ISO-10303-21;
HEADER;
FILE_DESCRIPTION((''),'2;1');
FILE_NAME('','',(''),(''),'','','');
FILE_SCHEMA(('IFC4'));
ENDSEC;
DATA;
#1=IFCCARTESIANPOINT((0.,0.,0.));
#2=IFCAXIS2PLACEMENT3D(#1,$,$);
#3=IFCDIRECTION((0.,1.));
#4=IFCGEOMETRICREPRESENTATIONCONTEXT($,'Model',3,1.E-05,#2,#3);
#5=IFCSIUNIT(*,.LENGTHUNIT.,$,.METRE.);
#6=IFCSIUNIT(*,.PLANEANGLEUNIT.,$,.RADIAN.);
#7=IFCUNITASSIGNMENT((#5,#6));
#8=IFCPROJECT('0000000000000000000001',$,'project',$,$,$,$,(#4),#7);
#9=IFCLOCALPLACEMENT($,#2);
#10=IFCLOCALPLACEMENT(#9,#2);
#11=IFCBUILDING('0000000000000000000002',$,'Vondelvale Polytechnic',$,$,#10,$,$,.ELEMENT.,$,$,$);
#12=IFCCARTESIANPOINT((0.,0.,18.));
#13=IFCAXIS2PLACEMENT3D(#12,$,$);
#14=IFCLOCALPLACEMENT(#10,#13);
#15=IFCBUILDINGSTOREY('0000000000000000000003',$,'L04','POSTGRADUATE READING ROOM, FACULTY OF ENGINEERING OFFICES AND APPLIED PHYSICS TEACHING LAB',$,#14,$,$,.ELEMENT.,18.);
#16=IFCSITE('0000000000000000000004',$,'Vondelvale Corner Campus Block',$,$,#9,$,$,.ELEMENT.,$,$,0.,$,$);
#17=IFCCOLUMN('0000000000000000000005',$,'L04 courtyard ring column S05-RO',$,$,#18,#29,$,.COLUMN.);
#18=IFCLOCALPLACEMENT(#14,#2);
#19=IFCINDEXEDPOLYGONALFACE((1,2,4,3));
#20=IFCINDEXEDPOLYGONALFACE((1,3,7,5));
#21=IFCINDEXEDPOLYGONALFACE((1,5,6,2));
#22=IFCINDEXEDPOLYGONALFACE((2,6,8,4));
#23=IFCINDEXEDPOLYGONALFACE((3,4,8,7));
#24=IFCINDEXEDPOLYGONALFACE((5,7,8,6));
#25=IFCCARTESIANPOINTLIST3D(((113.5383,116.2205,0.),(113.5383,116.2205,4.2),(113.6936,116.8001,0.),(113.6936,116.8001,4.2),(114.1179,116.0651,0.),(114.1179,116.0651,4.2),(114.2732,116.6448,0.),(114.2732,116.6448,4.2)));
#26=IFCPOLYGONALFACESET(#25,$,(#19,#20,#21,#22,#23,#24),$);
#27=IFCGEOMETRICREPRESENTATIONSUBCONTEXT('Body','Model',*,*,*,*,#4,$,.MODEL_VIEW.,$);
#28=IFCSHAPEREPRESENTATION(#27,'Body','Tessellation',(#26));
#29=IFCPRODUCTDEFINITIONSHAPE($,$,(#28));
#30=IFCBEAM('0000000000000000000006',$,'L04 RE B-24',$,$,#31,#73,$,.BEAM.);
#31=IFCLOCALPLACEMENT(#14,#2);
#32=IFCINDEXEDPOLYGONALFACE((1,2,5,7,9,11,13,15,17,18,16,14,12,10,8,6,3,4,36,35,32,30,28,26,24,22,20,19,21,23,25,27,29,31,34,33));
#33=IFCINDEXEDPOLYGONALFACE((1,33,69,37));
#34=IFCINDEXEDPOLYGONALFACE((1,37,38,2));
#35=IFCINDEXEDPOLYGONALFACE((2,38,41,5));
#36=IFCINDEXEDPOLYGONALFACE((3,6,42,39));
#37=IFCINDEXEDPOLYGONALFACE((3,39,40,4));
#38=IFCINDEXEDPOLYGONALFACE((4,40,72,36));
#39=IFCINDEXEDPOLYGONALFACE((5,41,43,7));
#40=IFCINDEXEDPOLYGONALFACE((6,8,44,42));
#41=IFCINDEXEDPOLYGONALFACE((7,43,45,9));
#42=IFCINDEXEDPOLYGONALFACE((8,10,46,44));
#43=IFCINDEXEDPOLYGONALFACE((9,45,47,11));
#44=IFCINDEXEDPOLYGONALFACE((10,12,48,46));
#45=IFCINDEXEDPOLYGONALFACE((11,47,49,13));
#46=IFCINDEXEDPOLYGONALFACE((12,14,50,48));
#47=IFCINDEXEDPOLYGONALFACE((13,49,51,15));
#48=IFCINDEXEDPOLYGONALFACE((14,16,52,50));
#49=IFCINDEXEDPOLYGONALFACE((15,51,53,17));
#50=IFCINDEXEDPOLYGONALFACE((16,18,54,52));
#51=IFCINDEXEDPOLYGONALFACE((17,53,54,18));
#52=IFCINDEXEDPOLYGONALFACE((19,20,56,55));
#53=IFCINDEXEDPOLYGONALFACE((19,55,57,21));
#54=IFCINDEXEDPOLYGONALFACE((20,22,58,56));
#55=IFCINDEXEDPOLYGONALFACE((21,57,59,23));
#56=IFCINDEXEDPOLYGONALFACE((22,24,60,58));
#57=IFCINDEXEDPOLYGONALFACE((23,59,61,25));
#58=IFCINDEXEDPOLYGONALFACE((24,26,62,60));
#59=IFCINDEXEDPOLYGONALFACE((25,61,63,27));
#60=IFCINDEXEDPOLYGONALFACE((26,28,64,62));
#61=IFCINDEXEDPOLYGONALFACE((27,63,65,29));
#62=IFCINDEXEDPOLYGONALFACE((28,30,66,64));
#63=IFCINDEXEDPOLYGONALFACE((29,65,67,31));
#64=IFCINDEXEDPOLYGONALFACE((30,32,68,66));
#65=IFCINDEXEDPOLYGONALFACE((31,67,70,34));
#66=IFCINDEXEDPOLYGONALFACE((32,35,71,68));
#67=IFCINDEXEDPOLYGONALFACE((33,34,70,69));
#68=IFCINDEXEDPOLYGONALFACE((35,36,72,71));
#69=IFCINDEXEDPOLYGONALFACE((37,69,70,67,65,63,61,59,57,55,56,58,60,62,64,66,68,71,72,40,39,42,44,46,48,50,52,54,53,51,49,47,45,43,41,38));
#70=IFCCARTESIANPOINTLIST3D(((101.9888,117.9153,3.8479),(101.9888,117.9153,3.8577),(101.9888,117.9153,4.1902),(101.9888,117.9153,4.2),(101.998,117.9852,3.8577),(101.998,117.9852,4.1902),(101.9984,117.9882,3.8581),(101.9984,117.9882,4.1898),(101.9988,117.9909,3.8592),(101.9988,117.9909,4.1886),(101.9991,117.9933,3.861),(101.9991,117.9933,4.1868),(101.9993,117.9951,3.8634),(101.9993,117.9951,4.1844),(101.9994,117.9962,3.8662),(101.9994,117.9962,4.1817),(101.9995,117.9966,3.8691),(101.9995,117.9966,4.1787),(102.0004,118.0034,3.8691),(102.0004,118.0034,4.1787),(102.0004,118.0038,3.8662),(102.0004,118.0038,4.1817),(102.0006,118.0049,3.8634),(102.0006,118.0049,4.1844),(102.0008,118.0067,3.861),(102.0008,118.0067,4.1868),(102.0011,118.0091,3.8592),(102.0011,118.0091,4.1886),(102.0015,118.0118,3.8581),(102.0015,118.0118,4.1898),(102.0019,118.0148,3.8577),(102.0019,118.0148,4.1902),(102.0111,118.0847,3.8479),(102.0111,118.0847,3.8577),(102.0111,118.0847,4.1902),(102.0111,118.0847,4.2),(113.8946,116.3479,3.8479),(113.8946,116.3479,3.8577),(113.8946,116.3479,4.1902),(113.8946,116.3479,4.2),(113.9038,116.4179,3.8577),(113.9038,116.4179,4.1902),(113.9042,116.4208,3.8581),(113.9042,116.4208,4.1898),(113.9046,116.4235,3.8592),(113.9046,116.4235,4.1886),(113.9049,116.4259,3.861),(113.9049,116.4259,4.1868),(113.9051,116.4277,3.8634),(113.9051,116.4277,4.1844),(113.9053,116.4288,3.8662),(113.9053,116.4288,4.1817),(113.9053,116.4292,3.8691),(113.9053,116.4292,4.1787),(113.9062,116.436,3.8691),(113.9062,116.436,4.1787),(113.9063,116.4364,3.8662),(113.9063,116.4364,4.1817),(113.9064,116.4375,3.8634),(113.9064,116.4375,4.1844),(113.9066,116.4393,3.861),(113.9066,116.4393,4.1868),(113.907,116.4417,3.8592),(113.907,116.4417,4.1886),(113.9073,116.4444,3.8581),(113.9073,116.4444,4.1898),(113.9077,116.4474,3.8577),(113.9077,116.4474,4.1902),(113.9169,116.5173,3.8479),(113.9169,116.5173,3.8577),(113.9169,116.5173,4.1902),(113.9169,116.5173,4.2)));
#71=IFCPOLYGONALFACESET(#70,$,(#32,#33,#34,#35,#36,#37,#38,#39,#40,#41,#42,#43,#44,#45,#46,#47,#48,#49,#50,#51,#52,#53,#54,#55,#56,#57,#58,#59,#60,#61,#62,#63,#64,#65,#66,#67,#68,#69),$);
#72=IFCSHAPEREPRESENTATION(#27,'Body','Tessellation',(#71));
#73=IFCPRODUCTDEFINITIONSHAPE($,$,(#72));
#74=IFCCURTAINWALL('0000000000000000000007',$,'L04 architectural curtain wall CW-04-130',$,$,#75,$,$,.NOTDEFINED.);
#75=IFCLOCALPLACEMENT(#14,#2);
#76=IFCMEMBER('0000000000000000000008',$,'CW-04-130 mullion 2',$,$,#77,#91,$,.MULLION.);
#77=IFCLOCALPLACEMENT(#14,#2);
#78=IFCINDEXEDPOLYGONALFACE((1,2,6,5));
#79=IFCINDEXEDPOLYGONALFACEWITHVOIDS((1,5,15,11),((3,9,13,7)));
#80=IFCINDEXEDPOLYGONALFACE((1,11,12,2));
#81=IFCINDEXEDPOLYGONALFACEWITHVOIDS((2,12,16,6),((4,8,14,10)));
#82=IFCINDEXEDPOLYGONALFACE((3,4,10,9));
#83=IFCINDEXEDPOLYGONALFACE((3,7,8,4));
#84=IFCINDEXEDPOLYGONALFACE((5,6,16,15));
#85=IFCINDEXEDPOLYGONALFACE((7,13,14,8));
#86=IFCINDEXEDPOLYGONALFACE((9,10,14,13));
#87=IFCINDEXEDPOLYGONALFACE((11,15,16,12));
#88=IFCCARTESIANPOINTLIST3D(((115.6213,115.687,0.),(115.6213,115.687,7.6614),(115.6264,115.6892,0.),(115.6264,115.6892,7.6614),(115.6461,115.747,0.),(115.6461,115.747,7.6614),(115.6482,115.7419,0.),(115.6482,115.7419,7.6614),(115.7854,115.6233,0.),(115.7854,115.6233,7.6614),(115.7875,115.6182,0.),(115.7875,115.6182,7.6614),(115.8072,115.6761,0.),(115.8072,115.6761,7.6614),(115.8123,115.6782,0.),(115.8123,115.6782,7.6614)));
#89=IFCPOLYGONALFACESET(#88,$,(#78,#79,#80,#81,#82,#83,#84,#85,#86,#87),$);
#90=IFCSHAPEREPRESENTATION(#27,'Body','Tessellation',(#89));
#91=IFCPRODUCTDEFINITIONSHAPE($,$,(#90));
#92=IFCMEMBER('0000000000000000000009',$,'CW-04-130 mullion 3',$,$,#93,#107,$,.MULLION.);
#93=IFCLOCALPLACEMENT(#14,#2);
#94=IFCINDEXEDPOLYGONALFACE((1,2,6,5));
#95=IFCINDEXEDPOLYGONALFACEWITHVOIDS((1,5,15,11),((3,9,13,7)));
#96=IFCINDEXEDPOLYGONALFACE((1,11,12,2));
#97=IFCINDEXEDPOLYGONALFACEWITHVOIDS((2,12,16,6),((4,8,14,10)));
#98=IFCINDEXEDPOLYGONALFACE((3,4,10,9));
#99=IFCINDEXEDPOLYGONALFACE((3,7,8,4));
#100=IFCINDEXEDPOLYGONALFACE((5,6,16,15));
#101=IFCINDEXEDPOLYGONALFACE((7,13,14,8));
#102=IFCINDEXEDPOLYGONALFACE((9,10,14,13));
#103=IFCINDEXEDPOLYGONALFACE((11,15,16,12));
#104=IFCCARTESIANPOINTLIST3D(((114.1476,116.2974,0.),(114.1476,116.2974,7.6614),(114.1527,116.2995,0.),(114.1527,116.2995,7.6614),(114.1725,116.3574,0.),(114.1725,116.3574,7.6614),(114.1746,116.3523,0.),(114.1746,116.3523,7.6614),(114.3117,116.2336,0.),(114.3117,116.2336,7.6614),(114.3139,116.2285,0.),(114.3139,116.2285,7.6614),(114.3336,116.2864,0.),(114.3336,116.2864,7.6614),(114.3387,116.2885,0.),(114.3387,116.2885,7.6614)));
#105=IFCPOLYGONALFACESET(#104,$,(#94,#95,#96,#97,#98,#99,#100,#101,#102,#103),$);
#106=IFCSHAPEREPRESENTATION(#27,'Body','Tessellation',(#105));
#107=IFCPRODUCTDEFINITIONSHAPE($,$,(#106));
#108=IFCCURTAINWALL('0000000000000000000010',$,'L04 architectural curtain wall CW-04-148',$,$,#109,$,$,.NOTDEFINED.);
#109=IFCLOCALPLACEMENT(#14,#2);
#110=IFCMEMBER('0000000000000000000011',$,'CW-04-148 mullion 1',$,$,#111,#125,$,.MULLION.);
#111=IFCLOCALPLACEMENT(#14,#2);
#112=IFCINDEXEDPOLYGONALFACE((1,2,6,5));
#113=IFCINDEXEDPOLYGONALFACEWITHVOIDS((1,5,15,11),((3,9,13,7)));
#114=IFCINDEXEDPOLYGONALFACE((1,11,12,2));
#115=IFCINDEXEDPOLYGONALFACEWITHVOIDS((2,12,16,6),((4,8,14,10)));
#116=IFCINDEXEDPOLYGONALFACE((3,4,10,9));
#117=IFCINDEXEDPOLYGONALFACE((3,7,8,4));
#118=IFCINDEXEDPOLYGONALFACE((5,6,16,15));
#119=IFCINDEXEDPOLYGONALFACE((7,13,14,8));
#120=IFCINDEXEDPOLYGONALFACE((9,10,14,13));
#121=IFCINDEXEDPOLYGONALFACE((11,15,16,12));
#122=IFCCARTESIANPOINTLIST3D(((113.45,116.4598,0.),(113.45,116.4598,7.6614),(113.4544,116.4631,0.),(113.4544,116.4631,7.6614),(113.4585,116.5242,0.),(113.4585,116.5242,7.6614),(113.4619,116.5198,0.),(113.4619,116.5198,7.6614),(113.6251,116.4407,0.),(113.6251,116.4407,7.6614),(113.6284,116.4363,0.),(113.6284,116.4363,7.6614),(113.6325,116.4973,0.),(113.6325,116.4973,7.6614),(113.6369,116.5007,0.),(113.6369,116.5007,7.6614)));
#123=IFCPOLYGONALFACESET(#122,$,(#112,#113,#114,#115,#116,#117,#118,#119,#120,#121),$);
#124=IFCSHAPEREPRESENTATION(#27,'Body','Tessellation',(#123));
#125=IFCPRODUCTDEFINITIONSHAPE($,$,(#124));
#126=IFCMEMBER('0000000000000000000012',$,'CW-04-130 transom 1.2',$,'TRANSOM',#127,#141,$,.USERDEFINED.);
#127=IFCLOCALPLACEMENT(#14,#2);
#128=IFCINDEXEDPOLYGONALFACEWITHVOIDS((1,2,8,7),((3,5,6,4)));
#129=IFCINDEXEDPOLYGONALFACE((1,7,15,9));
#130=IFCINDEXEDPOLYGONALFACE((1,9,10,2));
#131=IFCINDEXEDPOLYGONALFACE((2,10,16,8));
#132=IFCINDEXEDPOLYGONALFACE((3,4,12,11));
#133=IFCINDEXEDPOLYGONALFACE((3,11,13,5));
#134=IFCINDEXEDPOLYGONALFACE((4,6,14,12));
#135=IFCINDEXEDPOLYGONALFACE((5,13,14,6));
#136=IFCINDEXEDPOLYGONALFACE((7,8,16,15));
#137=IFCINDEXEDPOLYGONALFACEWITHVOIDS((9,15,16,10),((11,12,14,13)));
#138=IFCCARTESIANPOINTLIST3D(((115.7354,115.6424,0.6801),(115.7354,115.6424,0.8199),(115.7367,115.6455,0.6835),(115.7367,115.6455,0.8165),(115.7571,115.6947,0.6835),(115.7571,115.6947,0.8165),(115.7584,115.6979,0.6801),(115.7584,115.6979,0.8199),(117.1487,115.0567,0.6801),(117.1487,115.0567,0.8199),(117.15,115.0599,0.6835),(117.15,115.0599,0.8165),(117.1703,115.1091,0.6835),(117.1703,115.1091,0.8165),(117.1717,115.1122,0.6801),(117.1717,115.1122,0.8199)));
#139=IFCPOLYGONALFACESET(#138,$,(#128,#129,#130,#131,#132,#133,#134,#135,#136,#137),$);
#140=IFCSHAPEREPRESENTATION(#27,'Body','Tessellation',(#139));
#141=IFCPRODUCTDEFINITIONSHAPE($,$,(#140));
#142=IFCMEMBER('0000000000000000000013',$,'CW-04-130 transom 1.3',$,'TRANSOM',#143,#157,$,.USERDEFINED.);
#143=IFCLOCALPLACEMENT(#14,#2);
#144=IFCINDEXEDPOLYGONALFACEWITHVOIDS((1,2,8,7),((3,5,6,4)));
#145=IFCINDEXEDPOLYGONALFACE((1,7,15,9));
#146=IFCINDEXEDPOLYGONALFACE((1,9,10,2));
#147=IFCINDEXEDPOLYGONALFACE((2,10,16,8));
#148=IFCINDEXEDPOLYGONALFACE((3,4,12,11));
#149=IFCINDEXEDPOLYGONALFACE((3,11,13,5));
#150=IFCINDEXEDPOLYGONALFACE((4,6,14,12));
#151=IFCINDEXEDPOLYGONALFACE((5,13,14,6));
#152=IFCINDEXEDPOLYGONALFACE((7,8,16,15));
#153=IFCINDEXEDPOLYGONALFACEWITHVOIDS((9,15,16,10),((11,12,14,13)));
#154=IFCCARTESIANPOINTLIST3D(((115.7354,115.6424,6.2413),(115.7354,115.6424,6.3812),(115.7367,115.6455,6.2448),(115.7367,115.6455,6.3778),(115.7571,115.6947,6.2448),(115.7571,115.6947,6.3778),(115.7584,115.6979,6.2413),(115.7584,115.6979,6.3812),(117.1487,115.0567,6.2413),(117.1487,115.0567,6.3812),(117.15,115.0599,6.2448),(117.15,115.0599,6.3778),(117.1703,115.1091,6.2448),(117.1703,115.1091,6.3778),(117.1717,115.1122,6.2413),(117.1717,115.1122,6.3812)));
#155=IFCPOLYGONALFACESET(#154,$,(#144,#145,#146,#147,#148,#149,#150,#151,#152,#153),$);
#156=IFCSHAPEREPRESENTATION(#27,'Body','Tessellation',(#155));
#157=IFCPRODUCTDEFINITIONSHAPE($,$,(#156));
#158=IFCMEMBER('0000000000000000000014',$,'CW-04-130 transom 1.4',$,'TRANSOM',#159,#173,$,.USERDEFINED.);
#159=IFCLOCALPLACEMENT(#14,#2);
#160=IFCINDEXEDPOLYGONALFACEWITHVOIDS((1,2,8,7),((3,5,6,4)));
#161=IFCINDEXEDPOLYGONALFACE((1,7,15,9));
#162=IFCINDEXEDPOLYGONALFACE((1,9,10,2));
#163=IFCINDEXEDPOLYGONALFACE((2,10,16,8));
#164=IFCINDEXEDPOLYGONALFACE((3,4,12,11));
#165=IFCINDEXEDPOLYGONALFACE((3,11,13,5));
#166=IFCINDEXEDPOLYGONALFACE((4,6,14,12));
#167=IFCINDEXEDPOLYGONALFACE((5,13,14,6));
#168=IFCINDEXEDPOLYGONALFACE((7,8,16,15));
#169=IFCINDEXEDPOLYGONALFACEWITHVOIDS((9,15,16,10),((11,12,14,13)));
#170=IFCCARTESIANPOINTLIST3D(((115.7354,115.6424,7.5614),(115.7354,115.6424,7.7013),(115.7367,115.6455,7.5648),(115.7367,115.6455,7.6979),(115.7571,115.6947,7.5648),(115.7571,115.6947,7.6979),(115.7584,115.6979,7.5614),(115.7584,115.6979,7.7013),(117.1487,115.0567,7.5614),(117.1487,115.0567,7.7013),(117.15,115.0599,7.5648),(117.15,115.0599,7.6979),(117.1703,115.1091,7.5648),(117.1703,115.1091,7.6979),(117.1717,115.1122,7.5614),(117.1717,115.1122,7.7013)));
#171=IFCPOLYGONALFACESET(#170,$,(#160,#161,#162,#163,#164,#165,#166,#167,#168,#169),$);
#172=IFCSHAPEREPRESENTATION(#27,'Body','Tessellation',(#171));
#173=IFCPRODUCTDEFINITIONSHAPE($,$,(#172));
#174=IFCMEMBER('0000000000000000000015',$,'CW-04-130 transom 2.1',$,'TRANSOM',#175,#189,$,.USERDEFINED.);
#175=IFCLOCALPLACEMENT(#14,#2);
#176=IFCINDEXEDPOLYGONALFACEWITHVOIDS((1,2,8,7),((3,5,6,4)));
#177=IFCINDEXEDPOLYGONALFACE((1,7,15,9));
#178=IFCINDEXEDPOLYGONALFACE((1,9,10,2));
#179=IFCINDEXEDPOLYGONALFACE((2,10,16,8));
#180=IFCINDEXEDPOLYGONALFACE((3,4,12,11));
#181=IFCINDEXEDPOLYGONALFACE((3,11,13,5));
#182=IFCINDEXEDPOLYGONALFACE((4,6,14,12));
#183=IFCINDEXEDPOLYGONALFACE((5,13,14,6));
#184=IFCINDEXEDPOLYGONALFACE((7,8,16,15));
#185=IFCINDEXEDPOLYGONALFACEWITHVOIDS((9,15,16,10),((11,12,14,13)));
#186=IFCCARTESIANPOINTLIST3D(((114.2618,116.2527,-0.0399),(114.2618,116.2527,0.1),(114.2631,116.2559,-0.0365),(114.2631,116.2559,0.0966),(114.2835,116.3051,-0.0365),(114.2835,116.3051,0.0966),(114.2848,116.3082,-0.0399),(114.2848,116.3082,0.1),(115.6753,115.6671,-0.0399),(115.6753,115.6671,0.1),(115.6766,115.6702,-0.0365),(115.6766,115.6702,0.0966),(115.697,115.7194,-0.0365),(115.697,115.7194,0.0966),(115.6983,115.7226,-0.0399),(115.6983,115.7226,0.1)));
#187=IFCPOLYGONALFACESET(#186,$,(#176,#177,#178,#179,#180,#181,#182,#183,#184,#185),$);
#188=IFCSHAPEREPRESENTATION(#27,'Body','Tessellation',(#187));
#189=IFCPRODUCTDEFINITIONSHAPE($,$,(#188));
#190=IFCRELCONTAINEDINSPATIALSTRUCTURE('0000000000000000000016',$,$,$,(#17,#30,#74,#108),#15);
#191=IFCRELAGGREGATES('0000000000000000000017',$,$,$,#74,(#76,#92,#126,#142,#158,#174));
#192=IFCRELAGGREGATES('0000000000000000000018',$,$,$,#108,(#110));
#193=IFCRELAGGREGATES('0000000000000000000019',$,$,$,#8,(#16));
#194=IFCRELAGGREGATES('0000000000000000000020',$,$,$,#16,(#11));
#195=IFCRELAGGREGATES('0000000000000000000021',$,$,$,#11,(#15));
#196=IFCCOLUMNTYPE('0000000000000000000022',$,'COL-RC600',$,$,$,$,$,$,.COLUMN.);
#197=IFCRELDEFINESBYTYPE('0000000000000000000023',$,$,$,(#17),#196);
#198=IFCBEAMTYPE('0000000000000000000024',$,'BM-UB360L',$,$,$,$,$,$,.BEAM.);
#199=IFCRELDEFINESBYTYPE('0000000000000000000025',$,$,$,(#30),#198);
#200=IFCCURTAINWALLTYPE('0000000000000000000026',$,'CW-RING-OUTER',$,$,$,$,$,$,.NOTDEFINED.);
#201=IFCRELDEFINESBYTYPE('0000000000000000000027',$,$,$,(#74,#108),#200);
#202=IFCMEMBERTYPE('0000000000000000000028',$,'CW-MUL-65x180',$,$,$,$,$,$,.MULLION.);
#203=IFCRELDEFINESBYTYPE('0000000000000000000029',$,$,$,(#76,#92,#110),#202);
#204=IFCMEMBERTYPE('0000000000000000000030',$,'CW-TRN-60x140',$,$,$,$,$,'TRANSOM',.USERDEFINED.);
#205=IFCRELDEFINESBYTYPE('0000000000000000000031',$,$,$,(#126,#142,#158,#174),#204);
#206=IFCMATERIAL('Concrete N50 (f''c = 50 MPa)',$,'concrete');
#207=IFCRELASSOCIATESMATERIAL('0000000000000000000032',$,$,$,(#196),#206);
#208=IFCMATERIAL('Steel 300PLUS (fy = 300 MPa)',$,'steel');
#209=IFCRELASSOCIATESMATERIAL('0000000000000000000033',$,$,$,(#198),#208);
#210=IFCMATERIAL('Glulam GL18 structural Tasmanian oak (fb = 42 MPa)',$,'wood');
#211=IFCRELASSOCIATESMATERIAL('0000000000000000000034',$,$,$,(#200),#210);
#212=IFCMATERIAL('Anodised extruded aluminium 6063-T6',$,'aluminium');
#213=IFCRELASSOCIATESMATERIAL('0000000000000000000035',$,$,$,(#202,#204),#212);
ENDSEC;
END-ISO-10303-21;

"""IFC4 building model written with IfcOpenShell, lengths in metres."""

from ifc_helpers import new_model, si_unit, direction, frame, origin, origin_2d, place, context, subcontext, project, spatial, rectangle, hollow_rectangle, i_section, extrude, material, material_profile, profile_set, type_object, element, aggregate, save


model = new_model("IFC4")

# Units and contexts
model_context = context("Model", 3, precision=1e-05, world=origin(), true_north=direction((0.0, 1.0)))
body_context = subcontext(model_context, "Body", "Model", "MODEL_VIEW")
ifc_project = project(units=[si_unit("LENGTHUNIT", "METRE"), si_unit("PLANEANGLEUNIT", "RADIAN")], contexts=[model_context])

# Site, building, storey
site_placement = place(None, origin())
site = spatial("IfcSite", under=ifc_project, at=site_placement, Name="Vondelvale Corner Campus Block", CompositionType="ELEMENT", RefElevation=0.0)
building_placement = place(site_placement, origin())
building = spatial("IfcBuilding", under=site, at=building_placement, Name="Vondelvale Polytechnic", CompositionType="ELEMENT")
storey_placement = place(building_placement, frame((0.0, 0.0, 18.0)))
storey = spatial("IfcBuildingStorey", under=building, at=storey_placement, Name="L04", Description="POSTGRADUATE READING ROOM, FACULTY OF ENGINEERING OFFICES AND APPLIED PHYSICS TEACHING LAB", CompositionType="ELEMENT", Elevation=18.0)

# Column
ifc_material_1 = material(Name="Concrete N50 (f'c = 50 MPa)", Category="concrete")
ifc_material_profile_1 = material_profile(ifc_material_1, rectangle(XDim=0.6001, YDim=0.6001, at=origin_2d()), Name="RC-COL-600x600")
ifc_profile_set_1 = profile_set([ifc_material_profile_1], Name="Concrete N50 (f'c = 50 MPa)")
column_type = type_object("IfcColumnType", Name="COL-RC600", PredefinedType="COLUMN", material=ifc_profile_set_1)
column_placement = place(storey_placement, frame((113.9058, 116.4326, 0.0), z_axis=(0.0, 0.0, 1.0), x_axis=(0.258819, 0.965926, 0.0)))
element("IfcColumn", 1, at=column_placement, inside=storey, type_object=column_type, Name="L04 courtyard ring column S05-RO", PredefinedType="COLUMN", context=body_context, shape_type="SweptSolid", body=[
    extrude(rectangle(XDim=0.6001, YDim=0.6001, at=origin_2d()), origin(), (0.0, 0.0, 1.0), 4.2),
])

# Beam
ifc_material_2 = material(Name="Steel 300PLUS (fy = 300 MPa)", Category="steel")
ifc_material_profile_2 = material_profile(ifc_material_2, i_section(OverallWidth=0.1709, OverallDepth=0.3521, WebThickness=0.0068, FlangeThickness=0.0098, FilletRadius=0.0115, at=origin_2d()), Name="360UB44.7")
ifc_profile_set_2 = profile_set([ifc_material_profile_2], Name="Steel 300PLUS (fy = 300 MPa)")
beam_type = type_object("IfcBeamType", Name="BM-UB360L", PredefinedType="BEAM", material=ifc_profile_set_2)
beam_placement = place(storey_placement, frame((113.9058, 116.4326, 4.0239), z_axis=(-0.991445, 0.130523, 0.0), x_axis=(-0.130523, -0.991445, 0.0)))
element("IfcBeam", 2, at=beam_placement, inside=storey, type_object=beam_type, Name="L04 RE B-24", PredefinedType="BEAM", context=body_context, shape_type="SweptSolid", body=[
    extrude(i_section(OverallWidth=0.1709, OverallDepth=0.3521, WebThickness=0.0068, FlangeThickness=0.0098, FilletRadius=0.0115, at=origin_2d()), origin(), (0.0, 0.0, 1.0), 12.0085),
])

# Curtain wall, members
ifc_material_3 = material(Name="Glulam GL18 structural Tasmanian oak (fb = 42 MPa)", Category="wood")
curtain_wall_type = type_object("IfcCurtainWallType", Name="CW-RING-OUTER", PredefinedType="NOTDEFINED", material=ifc_material_3)
curtain_wall_1_placement = place(storey_placement, origin())
curtain_wall_1 = element("IfcCurtainWall", 3, at=curtain_wall_1_placement, inside=storey, type_object=curtain_wall_type, Name="L04 architectural curtain wall CW-04-130", PredefinedType="NOTDEFINED")
ifc_material_4 = material(Name="Anodised extruded aluminium 6063-T6", Category="aluminium")
ifc_material_profile_3 = material_profile(ifc_material_4, hollow_rectangle(XDim=0.0649, YDim=0.1799, WallThickness=0.0039, at=origin_2d()), Name="CW-MUL-180x65")
ifc_profile_set_3 = profile_set([ifc_material_profile_3], Name="Anodised extruded aluminium 6063-T6")
member_type_1 = type_object("IfcMemberType", Name="CW-MUL-65x180", PredefinedType="MULLION", material=ifc_profile_set_3)
member_1_placement = place(storey_placement, frame((115.7168, 115.6826, 0.0), z_axis=(0.0, 0.0, 1.0), x_axis=(-0.382677, -0.923882, 0.0)))
member_1 = element("IfcMember", 4, at=member_1_placement, type_object=member_type_1, Name="CW-04-130 mullion 2", PredefinedType="MULLION", context=body_context, shape_type="SweptSolid", body=[
    extrude(hollow_rectangle(XDim=0.0649, YDim=0.1799, WallThickness=0.0039, at=origin_2d()), origin(), (0.0, 0.0, 1.0), 7.6614),
])
member_2_placement = place(storey_placement, frame((114.2432, 116.293, 0.0), z_axis=(0.0, 0.0, 1.0), x_axis=(-0.382677, -0.923882, 0.0)))
member_2 = element("IfcMember", 5, at=member_2_placement, type_object=member_type_1, Name="CW-04-130 mullion 3", PredefinedType="MULLION", context=body_context, shape_type="SweptSolid", body=[
    extrude(hollow_rectangle(XDim=0.0649, YDim=0.1799, WallThickness=0.0039, at=origin_2d()), origin(), (0.0, 0.0, 1.0), 7.6614),
])

# Curtain wall, member
curtain_wall_2_placement = place(storey_placement, origin())
curtain_wall_2 = element("IfcCurtainWall", 6, at=curtain_wall_2_placement, inside=storey, type_object=curtain_wall_type, Name="L04 architectural curtain wall CW-04-148", PredefinedType="NOTDEFINED")
member_3_placement = place(storey_placement, frame((113.5435, 116.4802, 0.0), z_axis=(0.0, 0.0, 1.0), x_axis=(-0.13054, -0.991443, 0.0)))
member_3 = element("IfcMember", 7, at=member_3_placement, type_object=member_type_1, Name="CW-04-148 mullion 1", PredefinedType="MULLION", context=body_context, shape_type="SweptSolid", body=[
    extrude(hollow_rectangle(XDim=0.0649, YDim=0.1799, WallThickness=0.0039, at=origin_2d()), origin(), (0.0, 0.0, 1.0), 7.6614),
])

# Members
ifc_material_profile_4 = material_profile(ifc_material_4, hollow_rectangle(XDim=0.0601, YDim=0.1399, WallThickness=0.0034, at=origin_2d()), Name="CW-TRN-140x60")
ifc_profile_set_4 = profile_set([ifc_material_profile_4], Name="Anodised extruded aluminium 6063-T6")
member_type_2 = type_object("IfcMemberType", Name="CW-TRN-60x140", ElementType="TRANSOM", PredefinedType="USERDEFINED", material=ifc_profile_set_4)
member_4_placement = place(storey_placement, frame((117.1602, 115.0845, 0.75), z_axis=(-0.923816, 0.382836, 0.0), x_axis=(-0.382836, -0.923816, 0.0)))
member_4 = element("IfcMember", 8, at=member_4_placement, type_object=member_type_2, Name="CW-04-130 transom 1.2", ObjectType="TRANSOM", PredefinedType="USERDEFINED", context=body_context, shape_type="SweptSolid", body=[
    extrude(hollow_rectangle(XDim=0.0601, YDim=0.1399, WallThickness=0.0034, at=origin_2d()), origin(), (0.0, 0.0, 1.0), 1.5298),
])
member_5_placement = place(storey_placement, frame((117.1602, 115.0845, 6.3113), z_axis=(-0.923816, 0.382836, 0.0), x_axis=(-0.382836, -0.923816, 0.0)))
member_5 = element("IfcMember", 9, at=member_5_placement, type_object=member_type_2, Name="CW-04-130 transom 1.3", ObjectType="TRANSOM", PredefinedType="USERDEFINED", context=body_context, shape_type="SweptSolid", body=[
    extrude(hollow_rectangle(XDim=0.0601, YDim=0.1399, WallThickness=0.0034, at=origin_2d()), origin(), (0.0, 0.0, 1.0), 1.5298),
])
member_6_placement = place(storey_placement, frame((117.1602, 115.0845, 7.6313), z_axis=(-0.923816, 0.382836, 0.0), x_axis=(-0.382836, -0.923816, 0.0)))
member_6 = element("IfcMember", 10, at=member_6_placement, type_object=member_type_2, Name="CW-04-130 transom 1.4", ObjectType="TRANSOM", PredefinedType="USERDEFINED", context=body_context, shape_type="SweptSolid", body=[
    extrude(hollow_rectangle(XDim=0.0601, YDim=0.1399, WallThickness=0.0034, at=origin_2d()), origin(), (0.0, 0.0, 1.0), 1.5298),
])
member_7_placement = place(storey_placement, frame((115.6868, 115.6948, 0.03), z_axis=(-0.92384, 0.382779, 0.0), x_axis=(-0.382779, -0.92384, 0.0)))
member_7 = element("IfcMember", 11, at=member_7_placement, type_object=member_type_2, Name="CW-04-130 transom 2.1", ObjectType="TRANSOM", PredefinedType="USERDEFINED", context=body_context, shape_type="SweptSolid", body=[
    extrude(hollow_rectangle(XDim=0.0601, YDim=0.1399, WallThickness=0.0034, at=origin_2d()), origin(), (0.0, 0.0, 1.0), 1.53),
])

aggregate(curtain_wall_1, [member_1, member_2, member_4, member_5, member_6, member_7])
aggregate(curtain_wall_2, [member_3])

save(model, "model.ifc")
